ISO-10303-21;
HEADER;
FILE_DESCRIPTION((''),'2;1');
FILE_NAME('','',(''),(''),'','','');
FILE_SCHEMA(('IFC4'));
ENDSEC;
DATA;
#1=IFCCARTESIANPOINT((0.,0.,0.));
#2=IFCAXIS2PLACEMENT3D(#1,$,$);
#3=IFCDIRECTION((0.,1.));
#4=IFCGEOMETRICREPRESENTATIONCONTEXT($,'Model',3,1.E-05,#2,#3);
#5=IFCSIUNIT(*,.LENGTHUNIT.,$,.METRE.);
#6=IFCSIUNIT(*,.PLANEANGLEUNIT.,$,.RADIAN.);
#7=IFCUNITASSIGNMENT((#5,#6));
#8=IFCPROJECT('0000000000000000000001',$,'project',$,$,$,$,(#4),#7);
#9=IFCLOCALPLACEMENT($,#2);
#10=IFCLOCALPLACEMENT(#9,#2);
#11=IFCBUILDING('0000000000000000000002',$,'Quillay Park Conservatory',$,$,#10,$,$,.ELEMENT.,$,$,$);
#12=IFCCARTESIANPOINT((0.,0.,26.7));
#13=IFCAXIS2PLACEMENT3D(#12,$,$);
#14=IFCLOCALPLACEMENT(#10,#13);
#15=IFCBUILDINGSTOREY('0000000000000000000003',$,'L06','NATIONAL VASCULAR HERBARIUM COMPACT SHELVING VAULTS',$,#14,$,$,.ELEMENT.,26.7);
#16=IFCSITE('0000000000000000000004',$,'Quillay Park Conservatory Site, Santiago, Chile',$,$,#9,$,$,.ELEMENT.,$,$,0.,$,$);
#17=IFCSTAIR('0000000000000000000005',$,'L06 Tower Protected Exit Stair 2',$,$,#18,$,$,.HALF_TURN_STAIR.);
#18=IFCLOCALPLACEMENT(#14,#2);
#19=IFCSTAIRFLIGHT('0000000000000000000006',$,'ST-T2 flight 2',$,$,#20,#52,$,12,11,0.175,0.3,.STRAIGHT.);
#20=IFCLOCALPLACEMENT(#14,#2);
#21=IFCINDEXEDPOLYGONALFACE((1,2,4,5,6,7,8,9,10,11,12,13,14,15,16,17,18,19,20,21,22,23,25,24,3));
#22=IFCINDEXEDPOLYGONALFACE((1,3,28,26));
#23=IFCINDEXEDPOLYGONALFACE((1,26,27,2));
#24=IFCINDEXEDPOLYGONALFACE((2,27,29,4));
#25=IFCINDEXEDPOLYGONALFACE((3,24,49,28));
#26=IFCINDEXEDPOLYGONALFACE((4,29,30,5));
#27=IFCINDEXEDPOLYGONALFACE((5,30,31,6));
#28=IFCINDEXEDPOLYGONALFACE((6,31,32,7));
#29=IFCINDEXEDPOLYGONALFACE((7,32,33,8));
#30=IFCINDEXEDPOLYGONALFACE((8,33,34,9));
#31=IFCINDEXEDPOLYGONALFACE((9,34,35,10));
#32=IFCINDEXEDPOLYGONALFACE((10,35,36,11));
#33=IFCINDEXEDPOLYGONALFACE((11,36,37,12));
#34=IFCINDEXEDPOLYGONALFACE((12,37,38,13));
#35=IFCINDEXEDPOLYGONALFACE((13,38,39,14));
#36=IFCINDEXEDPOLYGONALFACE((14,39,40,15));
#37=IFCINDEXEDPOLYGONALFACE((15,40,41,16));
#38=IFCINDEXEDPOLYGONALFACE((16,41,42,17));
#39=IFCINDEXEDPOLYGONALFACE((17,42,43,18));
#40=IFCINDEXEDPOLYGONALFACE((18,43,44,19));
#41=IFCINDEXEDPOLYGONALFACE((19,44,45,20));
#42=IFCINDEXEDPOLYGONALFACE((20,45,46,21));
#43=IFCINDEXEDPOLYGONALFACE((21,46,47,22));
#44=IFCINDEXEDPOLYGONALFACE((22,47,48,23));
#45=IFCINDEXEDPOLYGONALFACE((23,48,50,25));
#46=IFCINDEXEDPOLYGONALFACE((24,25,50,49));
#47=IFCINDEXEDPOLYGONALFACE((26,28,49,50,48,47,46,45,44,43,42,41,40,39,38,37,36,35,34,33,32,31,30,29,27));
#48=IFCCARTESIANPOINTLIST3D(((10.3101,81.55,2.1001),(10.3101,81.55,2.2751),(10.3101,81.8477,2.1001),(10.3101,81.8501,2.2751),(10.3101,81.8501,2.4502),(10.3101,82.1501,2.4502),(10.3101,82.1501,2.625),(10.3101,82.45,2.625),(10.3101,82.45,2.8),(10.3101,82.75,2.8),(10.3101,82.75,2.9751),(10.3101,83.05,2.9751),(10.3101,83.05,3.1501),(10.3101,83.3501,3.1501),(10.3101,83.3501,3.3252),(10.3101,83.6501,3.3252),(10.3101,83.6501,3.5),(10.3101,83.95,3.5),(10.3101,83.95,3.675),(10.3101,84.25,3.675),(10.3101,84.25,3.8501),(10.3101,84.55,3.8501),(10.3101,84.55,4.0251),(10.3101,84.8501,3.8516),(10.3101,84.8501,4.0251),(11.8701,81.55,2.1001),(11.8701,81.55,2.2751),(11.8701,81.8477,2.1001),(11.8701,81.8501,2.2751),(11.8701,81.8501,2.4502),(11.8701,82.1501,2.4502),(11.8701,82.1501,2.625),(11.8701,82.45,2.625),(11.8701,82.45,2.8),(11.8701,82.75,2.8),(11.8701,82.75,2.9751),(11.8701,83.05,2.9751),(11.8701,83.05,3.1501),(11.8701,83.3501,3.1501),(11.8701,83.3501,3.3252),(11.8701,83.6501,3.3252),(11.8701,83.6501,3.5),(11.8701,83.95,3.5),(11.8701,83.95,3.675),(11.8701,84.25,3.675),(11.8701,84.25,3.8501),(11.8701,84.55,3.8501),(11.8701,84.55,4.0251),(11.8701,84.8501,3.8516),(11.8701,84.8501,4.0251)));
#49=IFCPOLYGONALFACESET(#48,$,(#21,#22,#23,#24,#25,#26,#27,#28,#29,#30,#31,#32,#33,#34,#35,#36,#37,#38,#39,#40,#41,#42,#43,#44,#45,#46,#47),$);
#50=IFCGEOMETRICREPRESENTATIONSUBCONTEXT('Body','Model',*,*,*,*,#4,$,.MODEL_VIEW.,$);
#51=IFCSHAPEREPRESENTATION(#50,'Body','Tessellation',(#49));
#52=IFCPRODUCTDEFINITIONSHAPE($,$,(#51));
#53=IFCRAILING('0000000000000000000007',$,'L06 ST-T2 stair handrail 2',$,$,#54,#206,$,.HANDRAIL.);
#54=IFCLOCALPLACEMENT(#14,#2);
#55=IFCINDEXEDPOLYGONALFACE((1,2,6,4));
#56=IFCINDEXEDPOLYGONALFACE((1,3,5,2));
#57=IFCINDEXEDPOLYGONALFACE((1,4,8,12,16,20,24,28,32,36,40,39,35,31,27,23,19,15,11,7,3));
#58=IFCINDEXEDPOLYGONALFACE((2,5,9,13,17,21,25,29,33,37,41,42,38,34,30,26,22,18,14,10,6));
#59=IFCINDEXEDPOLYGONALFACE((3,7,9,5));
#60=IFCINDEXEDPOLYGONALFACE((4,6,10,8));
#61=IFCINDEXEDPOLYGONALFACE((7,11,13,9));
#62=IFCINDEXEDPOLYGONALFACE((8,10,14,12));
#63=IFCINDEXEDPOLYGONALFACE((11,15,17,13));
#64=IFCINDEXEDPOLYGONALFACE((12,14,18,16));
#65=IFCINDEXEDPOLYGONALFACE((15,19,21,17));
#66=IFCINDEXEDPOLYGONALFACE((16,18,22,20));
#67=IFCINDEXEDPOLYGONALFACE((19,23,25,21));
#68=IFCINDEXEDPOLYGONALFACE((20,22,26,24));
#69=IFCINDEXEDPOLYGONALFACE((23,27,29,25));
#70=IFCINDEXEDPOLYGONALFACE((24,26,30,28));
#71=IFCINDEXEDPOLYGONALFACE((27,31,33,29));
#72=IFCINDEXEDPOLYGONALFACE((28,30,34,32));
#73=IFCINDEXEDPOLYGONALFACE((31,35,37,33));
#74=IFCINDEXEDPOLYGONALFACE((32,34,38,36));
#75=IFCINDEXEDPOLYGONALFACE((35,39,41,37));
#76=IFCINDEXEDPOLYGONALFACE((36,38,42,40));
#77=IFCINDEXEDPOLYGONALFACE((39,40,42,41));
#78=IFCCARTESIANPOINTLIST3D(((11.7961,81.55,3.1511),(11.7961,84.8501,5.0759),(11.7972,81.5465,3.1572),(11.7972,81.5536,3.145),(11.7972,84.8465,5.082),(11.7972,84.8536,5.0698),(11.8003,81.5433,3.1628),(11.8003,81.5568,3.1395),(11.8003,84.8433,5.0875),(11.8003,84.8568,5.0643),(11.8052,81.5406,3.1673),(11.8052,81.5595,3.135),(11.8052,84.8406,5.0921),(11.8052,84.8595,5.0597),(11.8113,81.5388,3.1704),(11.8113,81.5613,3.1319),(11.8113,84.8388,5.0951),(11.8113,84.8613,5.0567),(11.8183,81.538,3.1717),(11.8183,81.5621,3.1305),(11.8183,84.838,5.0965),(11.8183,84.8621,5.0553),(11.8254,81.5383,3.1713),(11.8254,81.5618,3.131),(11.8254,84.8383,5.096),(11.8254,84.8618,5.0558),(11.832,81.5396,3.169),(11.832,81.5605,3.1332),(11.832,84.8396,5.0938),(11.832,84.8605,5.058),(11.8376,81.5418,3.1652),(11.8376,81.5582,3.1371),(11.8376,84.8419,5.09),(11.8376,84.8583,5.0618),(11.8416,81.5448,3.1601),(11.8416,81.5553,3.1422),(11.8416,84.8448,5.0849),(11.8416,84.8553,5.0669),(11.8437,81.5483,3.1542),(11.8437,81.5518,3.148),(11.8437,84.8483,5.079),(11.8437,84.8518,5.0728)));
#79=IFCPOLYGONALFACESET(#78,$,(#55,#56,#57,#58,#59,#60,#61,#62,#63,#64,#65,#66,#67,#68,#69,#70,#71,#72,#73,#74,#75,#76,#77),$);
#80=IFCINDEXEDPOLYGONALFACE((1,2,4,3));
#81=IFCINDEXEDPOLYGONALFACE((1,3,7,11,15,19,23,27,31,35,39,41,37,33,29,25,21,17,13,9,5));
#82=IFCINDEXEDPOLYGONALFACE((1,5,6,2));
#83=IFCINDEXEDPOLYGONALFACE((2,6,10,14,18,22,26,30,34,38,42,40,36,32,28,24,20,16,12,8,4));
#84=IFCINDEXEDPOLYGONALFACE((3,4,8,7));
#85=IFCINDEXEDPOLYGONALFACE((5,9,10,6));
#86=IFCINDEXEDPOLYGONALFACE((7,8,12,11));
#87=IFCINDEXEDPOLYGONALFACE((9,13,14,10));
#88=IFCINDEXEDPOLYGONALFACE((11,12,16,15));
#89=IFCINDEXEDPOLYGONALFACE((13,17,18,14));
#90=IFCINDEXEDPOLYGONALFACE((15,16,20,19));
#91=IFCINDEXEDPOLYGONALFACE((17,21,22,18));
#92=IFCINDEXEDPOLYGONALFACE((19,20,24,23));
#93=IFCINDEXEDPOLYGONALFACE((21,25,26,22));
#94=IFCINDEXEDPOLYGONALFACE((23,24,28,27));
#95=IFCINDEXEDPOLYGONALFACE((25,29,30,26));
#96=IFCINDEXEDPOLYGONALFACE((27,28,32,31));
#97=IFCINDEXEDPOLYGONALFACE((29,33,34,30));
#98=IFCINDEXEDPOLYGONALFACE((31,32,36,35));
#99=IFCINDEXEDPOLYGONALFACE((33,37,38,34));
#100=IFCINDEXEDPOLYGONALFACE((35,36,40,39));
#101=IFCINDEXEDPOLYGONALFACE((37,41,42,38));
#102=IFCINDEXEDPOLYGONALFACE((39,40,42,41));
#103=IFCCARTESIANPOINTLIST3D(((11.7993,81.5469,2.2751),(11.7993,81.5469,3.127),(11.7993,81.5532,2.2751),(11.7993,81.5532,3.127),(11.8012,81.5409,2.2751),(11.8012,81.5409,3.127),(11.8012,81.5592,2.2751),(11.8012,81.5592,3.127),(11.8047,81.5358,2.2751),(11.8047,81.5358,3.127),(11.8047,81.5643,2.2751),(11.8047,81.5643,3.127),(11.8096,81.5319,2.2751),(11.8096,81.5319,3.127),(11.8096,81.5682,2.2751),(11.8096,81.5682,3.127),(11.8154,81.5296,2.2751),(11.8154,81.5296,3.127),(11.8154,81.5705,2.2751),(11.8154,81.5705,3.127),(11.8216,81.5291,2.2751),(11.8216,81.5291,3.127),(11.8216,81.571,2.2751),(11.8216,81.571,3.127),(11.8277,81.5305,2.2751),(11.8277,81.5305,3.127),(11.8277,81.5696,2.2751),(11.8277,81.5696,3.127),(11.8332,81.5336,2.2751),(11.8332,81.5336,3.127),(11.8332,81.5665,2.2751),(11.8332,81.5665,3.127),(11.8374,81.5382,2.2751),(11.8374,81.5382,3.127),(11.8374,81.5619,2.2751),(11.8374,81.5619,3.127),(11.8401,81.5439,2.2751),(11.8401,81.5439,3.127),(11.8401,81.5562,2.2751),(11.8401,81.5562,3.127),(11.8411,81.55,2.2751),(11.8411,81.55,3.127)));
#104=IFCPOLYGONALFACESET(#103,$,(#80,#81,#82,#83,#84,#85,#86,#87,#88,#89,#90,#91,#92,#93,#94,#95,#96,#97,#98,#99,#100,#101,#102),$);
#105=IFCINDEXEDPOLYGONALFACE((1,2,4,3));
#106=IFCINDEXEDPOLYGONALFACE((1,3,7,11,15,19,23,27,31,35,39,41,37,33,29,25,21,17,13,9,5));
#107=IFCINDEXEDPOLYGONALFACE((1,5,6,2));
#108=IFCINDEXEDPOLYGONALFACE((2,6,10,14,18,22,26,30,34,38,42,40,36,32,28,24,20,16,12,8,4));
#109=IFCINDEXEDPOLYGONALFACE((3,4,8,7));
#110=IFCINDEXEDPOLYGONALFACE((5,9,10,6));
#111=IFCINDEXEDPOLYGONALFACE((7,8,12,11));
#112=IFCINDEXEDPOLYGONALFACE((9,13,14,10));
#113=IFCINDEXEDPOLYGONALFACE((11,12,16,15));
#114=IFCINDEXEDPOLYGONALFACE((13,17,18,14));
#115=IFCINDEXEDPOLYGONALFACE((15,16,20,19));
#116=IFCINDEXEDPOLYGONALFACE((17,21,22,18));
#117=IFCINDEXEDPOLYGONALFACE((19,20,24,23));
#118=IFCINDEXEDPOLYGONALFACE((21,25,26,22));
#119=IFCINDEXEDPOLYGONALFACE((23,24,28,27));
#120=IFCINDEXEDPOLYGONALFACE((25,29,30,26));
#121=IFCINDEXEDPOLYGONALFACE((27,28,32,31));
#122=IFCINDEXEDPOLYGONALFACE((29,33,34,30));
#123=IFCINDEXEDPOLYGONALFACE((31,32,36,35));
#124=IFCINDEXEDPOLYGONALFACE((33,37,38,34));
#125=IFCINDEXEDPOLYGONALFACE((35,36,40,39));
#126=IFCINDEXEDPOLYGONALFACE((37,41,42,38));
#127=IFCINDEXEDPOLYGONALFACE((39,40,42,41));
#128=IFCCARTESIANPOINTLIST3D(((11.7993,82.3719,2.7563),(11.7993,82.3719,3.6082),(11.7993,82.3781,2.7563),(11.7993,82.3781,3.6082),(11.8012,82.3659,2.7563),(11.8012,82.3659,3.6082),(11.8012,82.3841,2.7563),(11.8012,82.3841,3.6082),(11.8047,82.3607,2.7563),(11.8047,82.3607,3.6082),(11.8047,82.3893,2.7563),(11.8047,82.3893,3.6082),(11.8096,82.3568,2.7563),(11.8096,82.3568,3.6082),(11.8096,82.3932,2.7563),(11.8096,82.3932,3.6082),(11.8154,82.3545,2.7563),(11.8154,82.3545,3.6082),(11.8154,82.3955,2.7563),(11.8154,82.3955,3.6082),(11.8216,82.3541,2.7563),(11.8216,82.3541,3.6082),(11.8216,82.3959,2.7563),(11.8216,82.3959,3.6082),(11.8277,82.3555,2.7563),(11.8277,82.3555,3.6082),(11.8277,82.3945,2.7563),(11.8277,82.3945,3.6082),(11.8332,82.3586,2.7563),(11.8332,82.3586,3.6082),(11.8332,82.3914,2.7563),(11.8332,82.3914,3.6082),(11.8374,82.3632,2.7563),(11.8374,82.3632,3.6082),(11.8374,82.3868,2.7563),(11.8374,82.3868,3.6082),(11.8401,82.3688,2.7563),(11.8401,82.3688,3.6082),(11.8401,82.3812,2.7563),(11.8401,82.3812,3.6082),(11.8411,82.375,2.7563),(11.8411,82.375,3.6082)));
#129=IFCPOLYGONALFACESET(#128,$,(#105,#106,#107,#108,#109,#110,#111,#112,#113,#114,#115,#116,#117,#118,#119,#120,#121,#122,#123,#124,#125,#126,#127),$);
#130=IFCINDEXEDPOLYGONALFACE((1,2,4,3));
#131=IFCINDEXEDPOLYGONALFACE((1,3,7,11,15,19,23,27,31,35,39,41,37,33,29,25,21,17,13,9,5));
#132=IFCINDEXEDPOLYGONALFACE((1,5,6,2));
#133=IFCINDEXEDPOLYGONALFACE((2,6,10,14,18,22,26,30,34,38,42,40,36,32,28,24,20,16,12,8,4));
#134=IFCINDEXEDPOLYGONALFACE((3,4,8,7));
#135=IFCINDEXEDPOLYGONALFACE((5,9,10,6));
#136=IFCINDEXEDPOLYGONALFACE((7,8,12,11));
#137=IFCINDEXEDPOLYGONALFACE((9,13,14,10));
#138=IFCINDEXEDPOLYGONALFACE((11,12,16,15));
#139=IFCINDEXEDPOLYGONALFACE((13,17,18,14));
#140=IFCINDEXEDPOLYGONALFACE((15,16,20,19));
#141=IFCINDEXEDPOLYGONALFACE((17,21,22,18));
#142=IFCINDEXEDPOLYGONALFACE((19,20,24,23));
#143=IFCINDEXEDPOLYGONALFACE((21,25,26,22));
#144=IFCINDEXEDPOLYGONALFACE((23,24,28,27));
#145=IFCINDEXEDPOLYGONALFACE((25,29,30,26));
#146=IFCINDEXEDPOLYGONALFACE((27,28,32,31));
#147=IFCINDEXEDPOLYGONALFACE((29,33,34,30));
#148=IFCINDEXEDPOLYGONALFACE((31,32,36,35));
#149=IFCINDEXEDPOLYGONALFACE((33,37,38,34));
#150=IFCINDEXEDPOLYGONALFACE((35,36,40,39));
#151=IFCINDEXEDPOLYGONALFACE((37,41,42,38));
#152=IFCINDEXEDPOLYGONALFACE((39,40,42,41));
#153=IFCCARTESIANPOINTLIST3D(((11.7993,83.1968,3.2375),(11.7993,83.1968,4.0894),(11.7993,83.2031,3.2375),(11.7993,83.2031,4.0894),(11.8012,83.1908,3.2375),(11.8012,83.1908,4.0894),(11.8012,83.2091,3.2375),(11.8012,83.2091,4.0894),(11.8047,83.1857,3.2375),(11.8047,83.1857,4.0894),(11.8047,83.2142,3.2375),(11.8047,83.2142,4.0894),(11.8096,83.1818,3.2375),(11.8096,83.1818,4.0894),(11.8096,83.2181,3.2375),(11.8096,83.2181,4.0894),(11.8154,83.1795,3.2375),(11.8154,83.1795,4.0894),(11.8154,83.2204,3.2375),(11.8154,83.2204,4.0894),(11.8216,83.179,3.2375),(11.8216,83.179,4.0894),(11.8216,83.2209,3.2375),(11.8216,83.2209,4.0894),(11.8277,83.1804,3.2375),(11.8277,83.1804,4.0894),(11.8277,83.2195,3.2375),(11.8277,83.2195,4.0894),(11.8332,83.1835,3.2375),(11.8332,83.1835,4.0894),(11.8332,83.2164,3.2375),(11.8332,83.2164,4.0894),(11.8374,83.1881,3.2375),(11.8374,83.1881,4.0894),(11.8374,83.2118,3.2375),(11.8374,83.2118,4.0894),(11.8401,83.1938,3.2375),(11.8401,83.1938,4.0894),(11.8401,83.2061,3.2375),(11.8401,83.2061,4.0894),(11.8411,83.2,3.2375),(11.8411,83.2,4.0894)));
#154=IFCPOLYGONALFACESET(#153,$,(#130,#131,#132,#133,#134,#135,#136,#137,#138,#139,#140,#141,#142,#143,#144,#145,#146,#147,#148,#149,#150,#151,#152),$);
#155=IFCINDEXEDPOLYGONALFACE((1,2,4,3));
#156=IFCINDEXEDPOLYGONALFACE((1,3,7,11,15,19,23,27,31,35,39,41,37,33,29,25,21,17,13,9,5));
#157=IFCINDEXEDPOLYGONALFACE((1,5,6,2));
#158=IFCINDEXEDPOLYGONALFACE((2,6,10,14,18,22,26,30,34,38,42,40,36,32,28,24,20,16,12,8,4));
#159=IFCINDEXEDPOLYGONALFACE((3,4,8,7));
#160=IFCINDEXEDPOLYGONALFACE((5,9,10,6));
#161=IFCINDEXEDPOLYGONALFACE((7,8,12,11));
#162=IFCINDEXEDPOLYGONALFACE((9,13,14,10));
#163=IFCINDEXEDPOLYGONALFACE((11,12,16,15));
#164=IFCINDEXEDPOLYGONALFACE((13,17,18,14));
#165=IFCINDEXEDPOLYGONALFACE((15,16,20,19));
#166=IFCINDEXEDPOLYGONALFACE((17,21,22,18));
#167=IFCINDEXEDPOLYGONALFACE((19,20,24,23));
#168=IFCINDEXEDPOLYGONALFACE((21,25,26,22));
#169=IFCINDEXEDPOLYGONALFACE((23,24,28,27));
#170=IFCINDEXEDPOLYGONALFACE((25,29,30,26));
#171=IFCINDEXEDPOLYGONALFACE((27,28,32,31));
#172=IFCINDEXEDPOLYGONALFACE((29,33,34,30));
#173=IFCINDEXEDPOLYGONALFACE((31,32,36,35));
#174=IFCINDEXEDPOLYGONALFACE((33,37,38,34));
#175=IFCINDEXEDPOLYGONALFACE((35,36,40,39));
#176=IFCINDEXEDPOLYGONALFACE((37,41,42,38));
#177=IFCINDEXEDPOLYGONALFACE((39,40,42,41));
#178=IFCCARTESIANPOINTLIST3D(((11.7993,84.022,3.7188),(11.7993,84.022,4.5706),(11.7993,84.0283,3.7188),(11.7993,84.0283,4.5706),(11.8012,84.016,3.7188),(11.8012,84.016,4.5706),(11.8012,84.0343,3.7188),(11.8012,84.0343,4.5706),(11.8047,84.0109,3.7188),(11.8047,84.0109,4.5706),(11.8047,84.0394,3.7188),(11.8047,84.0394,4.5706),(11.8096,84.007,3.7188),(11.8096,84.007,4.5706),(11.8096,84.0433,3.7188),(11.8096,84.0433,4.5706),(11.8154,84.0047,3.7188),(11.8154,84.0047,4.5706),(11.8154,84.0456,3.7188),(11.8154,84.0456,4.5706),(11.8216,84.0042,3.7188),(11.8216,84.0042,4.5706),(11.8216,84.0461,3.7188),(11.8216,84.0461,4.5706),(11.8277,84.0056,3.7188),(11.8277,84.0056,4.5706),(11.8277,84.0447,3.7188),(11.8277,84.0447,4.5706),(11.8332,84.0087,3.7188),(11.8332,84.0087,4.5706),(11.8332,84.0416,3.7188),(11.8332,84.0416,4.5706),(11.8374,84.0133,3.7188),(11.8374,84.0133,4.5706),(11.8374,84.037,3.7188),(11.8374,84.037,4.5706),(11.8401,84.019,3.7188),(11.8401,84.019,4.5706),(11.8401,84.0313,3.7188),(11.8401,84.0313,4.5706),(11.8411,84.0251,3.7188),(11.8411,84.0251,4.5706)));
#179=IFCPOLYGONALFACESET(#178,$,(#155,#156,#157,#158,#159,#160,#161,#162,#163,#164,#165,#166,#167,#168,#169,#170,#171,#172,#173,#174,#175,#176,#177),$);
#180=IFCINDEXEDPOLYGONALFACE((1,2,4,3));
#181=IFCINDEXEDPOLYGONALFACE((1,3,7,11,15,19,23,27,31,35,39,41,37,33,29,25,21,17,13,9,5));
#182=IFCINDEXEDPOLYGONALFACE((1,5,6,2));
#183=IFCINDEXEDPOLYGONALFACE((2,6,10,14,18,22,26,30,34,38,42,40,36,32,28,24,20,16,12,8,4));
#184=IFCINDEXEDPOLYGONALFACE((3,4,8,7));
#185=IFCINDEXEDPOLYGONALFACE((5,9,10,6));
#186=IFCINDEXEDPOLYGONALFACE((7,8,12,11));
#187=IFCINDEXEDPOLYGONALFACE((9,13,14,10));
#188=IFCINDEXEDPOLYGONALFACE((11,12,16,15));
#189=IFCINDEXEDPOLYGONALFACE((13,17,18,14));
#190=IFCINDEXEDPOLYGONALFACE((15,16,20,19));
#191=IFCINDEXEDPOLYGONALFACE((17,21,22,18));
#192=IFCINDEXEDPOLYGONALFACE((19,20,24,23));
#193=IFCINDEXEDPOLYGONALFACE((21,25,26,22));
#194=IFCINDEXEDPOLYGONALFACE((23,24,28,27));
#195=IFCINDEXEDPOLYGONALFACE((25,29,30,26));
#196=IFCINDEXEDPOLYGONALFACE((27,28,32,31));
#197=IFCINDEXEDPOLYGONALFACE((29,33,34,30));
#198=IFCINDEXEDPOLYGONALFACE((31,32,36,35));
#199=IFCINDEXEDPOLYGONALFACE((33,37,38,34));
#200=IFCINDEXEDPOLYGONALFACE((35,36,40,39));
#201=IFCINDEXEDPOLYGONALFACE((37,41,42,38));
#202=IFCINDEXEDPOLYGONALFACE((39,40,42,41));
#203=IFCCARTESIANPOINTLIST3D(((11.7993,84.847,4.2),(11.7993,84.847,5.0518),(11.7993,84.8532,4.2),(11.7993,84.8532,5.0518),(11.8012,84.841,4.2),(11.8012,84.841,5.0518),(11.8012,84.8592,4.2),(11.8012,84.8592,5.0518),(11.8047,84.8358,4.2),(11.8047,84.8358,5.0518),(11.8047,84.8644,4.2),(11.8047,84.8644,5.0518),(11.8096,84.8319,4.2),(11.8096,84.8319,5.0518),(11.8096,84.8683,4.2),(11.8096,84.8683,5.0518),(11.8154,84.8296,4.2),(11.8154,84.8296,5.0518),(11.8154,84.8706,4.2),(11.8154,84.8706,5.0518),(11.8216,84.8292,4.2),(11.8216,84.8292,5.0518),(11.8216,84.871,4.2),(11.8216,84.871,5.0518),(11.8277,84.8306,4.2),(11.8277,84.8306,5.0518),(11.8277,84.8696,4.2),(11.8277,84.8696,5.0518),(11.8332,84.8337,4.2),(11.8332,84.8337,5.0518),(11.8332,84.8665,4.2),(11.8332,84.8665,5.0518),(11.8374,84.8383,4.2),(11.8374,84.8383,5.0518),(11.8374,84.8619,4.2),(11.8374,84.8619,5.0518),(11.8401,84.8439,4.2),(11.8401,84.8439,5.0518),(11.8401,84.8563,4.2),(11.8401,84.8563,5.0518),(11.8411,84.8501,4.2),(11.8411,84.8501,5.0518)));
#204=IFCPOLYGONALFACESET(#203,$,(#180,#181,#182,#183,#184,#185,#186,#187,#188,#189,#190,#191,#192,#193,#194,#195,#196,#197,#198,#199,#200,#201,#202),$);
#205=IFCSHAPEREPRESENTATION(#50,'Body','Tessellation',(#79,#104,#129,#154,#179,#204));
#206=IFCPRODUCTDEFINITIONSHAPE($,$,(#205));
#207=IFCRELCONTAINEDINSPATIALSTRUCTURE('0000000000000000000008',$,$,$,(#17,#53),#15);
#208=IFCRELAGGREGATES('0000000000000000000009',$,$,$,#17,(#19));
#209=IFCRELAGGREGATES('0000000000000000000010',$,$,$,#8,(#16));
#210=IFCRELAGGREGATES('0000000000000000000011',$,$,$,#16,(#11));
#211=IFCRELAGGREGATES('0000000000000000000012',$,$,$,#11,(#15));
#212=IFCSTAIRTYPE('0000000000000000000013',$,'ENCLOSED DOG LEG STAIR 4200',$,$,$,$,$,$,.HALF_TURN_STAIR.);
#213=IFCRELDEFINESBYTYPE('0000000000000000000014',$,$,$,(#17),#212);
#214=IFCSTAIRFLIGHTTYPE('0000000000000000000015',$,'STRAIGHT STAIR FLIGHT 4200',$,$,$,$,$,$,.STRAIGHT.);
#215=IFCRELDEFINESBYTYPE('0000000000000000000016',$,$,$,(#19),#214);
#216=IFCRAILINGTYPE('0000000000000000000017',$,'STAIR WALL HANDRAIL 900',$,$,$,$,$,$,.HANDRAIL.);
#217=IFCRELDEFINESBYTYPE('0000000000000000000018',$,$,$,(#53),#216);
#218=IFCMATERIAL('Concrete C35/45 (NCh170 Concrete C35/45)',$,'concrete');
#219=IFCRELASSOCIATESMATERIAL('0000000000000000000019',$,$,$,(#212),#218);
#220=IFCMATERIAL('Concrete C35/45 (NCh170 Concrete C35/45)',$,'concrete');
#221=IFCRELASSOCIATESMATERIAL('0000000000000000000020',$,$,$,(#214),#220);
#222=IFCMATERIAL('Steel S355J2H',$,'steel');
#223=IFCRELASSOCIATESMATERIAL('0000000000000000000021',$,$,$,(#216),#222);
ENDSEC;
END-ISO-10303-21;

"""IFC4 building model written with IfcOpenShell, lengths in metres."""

from ifc_helpers import new_model, si_unit, direction, frame, origin, origin_2d, place, context, subcontext, project, spatial, polyline, circle, outline, extrude, material, type_object, element, aggregate, save


model = new_model("IFC4")

# Units and contexts
model_context = context("Model", 3, precision=1e-05, world=origin(), true_north=direction((0.0, 1.0)))
body_context = subcontext(model_context, "Body", "Model", "MODEL_VIEW")
ifc_project = project(units=[si_unit("LENGTHUNIT", "METRE"), si_unit("PLANEANGLEUNIT", "RADIAN")], contexts=[model_context])

# Site, building, storey
site_placement = place(None, origin())
site = spatial("IfcSite", under=ifc_project, at=site_placement, Name="Quillay Park Conservatory Site, Santiago, Chile", CompositionType="ELEMENT", RefElevation=0.0)
building_placement = place(site_placement, origin())
building = spatial("IfcBuilding", under=site, at=building_placement, Name="Quillay Park Conservatory", CompositionType="ELEMENT")
storey_placement = place(building_placement, frame((0.0, 0.0, 26.7)))
storey = spatial("IfcBuildingStorey", under=building, at=storey_placement, Name="L06", Description="NATIONAL VASCULAR HERBARIUM COMPACT SHELVING VAULTS", CompositionType="ELEMENT", Elevation=26.7)

# Stair, stair flight
ifc_material_1 = material(Name="Concrete C35/45 (NCh170 Concrete C35/45)", Category="concrete")
stair_type = type_object("IfcStairType", Name="ENCLOSED DOG LEG STAIR 4200", PredefinedType="HALF_TURN_STAIR", material=ifc_material_1)
stair_placement = place(storey_placement, origin())
stair = element("IfcStair", 1, at=stair_placement, inside=storey, type_object=stair_type, Name="L06 Tower Protected Exit Stair 2", PredefinedType="HALF_TURN_STAIR")
ifc_material_2 = material(Name="Concrete C35/45 (NCh170 Concrete C35/45)", Category="concrete")
stair_flight_type = type_object("IfcStairFlightType", Name="STRAIGHT STAIR FLIGHT 4200", PredefinedType="STRAIGHT", material=ifc_material_2)
stair_flight_placement = place(storey_placement, frame((11.0901, 81.55, 2.1001), z_axis=(0.0, 0.0, 1.0), x_axis=(0.0, 1.0, 0.0)))
stair_flight = element("IfcStairFlight", 2, at=stair_flight_placement, type_object=stair_flight_type, Name="ST-T2 flight 2", NumberOfRisers=12, NumberOfTreads=11, PredefinedType="STRAIGHT", RiserHeight=0.175, TreadLength=0.3, context=body_context, shape_type="SweptSolid", body=[
    extrude(outline(polyline([(0.0, 0.0), (0.0, 0.175), (0.3, 0.175), (0.3, 0.3501), (0.6001, 0.3501), (0.6001, 0.5249), (0.8999, 0.5249), (0.8999, 0.7), (1.2, 0.7), (1.2, 0.875), (1.5, 0.875), (1.5, 1.05), (1.8, 1.05), (1.8, 1.2251), (2.1001, 1.2251), (2.1001, 1.3999), (2.3999, 1.3999), (2.3999, 1.575), (2.7, 1.575), (2.7, 1.75), (3.0, 1.75), (3.0, 1.925), (3.3, 1.925), (3.3, 2.1001), (3.3, 1.7515), (0.2976, 0.0), (0.0, 0.0)])), frame((0.0, 0.78, 0.0), z_axis=(0.0, -1.0, 0.0), x_axis=(1.0, 0.0, 0.0)), (0.0, 0.0, 1.0), 1.5601),
])
aggregate(stair, [stair_flight])

# Railing
ifc_material_3 = material(Name="Steel S355J2H", Category="steel")
railing_type_1 = type_object("IfcRailingType", Name="STAIR WALL HANDRAIL 900", PredefinedType="HANDRAIL", material=ifc_material_3)
railing_1_placement = place(storey_placement, frame((11.8201, 81.55, 2.2751)))
element("IfcRailing", 3, at=railing_1_placement, inside=storey, type_object=railing_type_1, Name="L06 ST-T2 stair handrail 2", PredefinedType="HANDRAIL", context=body_context, shape_type="SweptSolid", body=[
    extrude(circle(Radius=0.0239, at=origin_2d()), frame((0.0, 0.0, 0.876), z_axis=(0.0, 0.863804, 0.503827), x_axis=(-1.0, 0.0, 0.0)), (0.0, 0.0, 1.0), 3.8203),
    extrude(circle(Radius=0.021, at=origin_2d()), origin(), (0.0, 0.0, 1.0), 0.8518),
    extrude(circle(Radius=0.021, at=origin_2d()), frame((0.0, 0.825, 0.4812)), (0.0, 0.0, 1.0), 0.8518),
    extrude(circle(Radius=0.021, at=origin_2d()), frame((0.0, 1.6499, 0.9624)), (0.0, 0.0, 1.0), 0.8518),
    extrude(circle(Radius=0.021, at=origin_2d()), frame((0.0, 2.4751, 1.4436)), (0.0, 0.0, 1.0), 0.8518),
    extrude(circle(Radius=0.021, at=origin_2d()), frame((0.0, 3.3, 1.9248)), (0.0, 0.0, 1.0), 0.8518),
])

save(model, "model.ifc")
